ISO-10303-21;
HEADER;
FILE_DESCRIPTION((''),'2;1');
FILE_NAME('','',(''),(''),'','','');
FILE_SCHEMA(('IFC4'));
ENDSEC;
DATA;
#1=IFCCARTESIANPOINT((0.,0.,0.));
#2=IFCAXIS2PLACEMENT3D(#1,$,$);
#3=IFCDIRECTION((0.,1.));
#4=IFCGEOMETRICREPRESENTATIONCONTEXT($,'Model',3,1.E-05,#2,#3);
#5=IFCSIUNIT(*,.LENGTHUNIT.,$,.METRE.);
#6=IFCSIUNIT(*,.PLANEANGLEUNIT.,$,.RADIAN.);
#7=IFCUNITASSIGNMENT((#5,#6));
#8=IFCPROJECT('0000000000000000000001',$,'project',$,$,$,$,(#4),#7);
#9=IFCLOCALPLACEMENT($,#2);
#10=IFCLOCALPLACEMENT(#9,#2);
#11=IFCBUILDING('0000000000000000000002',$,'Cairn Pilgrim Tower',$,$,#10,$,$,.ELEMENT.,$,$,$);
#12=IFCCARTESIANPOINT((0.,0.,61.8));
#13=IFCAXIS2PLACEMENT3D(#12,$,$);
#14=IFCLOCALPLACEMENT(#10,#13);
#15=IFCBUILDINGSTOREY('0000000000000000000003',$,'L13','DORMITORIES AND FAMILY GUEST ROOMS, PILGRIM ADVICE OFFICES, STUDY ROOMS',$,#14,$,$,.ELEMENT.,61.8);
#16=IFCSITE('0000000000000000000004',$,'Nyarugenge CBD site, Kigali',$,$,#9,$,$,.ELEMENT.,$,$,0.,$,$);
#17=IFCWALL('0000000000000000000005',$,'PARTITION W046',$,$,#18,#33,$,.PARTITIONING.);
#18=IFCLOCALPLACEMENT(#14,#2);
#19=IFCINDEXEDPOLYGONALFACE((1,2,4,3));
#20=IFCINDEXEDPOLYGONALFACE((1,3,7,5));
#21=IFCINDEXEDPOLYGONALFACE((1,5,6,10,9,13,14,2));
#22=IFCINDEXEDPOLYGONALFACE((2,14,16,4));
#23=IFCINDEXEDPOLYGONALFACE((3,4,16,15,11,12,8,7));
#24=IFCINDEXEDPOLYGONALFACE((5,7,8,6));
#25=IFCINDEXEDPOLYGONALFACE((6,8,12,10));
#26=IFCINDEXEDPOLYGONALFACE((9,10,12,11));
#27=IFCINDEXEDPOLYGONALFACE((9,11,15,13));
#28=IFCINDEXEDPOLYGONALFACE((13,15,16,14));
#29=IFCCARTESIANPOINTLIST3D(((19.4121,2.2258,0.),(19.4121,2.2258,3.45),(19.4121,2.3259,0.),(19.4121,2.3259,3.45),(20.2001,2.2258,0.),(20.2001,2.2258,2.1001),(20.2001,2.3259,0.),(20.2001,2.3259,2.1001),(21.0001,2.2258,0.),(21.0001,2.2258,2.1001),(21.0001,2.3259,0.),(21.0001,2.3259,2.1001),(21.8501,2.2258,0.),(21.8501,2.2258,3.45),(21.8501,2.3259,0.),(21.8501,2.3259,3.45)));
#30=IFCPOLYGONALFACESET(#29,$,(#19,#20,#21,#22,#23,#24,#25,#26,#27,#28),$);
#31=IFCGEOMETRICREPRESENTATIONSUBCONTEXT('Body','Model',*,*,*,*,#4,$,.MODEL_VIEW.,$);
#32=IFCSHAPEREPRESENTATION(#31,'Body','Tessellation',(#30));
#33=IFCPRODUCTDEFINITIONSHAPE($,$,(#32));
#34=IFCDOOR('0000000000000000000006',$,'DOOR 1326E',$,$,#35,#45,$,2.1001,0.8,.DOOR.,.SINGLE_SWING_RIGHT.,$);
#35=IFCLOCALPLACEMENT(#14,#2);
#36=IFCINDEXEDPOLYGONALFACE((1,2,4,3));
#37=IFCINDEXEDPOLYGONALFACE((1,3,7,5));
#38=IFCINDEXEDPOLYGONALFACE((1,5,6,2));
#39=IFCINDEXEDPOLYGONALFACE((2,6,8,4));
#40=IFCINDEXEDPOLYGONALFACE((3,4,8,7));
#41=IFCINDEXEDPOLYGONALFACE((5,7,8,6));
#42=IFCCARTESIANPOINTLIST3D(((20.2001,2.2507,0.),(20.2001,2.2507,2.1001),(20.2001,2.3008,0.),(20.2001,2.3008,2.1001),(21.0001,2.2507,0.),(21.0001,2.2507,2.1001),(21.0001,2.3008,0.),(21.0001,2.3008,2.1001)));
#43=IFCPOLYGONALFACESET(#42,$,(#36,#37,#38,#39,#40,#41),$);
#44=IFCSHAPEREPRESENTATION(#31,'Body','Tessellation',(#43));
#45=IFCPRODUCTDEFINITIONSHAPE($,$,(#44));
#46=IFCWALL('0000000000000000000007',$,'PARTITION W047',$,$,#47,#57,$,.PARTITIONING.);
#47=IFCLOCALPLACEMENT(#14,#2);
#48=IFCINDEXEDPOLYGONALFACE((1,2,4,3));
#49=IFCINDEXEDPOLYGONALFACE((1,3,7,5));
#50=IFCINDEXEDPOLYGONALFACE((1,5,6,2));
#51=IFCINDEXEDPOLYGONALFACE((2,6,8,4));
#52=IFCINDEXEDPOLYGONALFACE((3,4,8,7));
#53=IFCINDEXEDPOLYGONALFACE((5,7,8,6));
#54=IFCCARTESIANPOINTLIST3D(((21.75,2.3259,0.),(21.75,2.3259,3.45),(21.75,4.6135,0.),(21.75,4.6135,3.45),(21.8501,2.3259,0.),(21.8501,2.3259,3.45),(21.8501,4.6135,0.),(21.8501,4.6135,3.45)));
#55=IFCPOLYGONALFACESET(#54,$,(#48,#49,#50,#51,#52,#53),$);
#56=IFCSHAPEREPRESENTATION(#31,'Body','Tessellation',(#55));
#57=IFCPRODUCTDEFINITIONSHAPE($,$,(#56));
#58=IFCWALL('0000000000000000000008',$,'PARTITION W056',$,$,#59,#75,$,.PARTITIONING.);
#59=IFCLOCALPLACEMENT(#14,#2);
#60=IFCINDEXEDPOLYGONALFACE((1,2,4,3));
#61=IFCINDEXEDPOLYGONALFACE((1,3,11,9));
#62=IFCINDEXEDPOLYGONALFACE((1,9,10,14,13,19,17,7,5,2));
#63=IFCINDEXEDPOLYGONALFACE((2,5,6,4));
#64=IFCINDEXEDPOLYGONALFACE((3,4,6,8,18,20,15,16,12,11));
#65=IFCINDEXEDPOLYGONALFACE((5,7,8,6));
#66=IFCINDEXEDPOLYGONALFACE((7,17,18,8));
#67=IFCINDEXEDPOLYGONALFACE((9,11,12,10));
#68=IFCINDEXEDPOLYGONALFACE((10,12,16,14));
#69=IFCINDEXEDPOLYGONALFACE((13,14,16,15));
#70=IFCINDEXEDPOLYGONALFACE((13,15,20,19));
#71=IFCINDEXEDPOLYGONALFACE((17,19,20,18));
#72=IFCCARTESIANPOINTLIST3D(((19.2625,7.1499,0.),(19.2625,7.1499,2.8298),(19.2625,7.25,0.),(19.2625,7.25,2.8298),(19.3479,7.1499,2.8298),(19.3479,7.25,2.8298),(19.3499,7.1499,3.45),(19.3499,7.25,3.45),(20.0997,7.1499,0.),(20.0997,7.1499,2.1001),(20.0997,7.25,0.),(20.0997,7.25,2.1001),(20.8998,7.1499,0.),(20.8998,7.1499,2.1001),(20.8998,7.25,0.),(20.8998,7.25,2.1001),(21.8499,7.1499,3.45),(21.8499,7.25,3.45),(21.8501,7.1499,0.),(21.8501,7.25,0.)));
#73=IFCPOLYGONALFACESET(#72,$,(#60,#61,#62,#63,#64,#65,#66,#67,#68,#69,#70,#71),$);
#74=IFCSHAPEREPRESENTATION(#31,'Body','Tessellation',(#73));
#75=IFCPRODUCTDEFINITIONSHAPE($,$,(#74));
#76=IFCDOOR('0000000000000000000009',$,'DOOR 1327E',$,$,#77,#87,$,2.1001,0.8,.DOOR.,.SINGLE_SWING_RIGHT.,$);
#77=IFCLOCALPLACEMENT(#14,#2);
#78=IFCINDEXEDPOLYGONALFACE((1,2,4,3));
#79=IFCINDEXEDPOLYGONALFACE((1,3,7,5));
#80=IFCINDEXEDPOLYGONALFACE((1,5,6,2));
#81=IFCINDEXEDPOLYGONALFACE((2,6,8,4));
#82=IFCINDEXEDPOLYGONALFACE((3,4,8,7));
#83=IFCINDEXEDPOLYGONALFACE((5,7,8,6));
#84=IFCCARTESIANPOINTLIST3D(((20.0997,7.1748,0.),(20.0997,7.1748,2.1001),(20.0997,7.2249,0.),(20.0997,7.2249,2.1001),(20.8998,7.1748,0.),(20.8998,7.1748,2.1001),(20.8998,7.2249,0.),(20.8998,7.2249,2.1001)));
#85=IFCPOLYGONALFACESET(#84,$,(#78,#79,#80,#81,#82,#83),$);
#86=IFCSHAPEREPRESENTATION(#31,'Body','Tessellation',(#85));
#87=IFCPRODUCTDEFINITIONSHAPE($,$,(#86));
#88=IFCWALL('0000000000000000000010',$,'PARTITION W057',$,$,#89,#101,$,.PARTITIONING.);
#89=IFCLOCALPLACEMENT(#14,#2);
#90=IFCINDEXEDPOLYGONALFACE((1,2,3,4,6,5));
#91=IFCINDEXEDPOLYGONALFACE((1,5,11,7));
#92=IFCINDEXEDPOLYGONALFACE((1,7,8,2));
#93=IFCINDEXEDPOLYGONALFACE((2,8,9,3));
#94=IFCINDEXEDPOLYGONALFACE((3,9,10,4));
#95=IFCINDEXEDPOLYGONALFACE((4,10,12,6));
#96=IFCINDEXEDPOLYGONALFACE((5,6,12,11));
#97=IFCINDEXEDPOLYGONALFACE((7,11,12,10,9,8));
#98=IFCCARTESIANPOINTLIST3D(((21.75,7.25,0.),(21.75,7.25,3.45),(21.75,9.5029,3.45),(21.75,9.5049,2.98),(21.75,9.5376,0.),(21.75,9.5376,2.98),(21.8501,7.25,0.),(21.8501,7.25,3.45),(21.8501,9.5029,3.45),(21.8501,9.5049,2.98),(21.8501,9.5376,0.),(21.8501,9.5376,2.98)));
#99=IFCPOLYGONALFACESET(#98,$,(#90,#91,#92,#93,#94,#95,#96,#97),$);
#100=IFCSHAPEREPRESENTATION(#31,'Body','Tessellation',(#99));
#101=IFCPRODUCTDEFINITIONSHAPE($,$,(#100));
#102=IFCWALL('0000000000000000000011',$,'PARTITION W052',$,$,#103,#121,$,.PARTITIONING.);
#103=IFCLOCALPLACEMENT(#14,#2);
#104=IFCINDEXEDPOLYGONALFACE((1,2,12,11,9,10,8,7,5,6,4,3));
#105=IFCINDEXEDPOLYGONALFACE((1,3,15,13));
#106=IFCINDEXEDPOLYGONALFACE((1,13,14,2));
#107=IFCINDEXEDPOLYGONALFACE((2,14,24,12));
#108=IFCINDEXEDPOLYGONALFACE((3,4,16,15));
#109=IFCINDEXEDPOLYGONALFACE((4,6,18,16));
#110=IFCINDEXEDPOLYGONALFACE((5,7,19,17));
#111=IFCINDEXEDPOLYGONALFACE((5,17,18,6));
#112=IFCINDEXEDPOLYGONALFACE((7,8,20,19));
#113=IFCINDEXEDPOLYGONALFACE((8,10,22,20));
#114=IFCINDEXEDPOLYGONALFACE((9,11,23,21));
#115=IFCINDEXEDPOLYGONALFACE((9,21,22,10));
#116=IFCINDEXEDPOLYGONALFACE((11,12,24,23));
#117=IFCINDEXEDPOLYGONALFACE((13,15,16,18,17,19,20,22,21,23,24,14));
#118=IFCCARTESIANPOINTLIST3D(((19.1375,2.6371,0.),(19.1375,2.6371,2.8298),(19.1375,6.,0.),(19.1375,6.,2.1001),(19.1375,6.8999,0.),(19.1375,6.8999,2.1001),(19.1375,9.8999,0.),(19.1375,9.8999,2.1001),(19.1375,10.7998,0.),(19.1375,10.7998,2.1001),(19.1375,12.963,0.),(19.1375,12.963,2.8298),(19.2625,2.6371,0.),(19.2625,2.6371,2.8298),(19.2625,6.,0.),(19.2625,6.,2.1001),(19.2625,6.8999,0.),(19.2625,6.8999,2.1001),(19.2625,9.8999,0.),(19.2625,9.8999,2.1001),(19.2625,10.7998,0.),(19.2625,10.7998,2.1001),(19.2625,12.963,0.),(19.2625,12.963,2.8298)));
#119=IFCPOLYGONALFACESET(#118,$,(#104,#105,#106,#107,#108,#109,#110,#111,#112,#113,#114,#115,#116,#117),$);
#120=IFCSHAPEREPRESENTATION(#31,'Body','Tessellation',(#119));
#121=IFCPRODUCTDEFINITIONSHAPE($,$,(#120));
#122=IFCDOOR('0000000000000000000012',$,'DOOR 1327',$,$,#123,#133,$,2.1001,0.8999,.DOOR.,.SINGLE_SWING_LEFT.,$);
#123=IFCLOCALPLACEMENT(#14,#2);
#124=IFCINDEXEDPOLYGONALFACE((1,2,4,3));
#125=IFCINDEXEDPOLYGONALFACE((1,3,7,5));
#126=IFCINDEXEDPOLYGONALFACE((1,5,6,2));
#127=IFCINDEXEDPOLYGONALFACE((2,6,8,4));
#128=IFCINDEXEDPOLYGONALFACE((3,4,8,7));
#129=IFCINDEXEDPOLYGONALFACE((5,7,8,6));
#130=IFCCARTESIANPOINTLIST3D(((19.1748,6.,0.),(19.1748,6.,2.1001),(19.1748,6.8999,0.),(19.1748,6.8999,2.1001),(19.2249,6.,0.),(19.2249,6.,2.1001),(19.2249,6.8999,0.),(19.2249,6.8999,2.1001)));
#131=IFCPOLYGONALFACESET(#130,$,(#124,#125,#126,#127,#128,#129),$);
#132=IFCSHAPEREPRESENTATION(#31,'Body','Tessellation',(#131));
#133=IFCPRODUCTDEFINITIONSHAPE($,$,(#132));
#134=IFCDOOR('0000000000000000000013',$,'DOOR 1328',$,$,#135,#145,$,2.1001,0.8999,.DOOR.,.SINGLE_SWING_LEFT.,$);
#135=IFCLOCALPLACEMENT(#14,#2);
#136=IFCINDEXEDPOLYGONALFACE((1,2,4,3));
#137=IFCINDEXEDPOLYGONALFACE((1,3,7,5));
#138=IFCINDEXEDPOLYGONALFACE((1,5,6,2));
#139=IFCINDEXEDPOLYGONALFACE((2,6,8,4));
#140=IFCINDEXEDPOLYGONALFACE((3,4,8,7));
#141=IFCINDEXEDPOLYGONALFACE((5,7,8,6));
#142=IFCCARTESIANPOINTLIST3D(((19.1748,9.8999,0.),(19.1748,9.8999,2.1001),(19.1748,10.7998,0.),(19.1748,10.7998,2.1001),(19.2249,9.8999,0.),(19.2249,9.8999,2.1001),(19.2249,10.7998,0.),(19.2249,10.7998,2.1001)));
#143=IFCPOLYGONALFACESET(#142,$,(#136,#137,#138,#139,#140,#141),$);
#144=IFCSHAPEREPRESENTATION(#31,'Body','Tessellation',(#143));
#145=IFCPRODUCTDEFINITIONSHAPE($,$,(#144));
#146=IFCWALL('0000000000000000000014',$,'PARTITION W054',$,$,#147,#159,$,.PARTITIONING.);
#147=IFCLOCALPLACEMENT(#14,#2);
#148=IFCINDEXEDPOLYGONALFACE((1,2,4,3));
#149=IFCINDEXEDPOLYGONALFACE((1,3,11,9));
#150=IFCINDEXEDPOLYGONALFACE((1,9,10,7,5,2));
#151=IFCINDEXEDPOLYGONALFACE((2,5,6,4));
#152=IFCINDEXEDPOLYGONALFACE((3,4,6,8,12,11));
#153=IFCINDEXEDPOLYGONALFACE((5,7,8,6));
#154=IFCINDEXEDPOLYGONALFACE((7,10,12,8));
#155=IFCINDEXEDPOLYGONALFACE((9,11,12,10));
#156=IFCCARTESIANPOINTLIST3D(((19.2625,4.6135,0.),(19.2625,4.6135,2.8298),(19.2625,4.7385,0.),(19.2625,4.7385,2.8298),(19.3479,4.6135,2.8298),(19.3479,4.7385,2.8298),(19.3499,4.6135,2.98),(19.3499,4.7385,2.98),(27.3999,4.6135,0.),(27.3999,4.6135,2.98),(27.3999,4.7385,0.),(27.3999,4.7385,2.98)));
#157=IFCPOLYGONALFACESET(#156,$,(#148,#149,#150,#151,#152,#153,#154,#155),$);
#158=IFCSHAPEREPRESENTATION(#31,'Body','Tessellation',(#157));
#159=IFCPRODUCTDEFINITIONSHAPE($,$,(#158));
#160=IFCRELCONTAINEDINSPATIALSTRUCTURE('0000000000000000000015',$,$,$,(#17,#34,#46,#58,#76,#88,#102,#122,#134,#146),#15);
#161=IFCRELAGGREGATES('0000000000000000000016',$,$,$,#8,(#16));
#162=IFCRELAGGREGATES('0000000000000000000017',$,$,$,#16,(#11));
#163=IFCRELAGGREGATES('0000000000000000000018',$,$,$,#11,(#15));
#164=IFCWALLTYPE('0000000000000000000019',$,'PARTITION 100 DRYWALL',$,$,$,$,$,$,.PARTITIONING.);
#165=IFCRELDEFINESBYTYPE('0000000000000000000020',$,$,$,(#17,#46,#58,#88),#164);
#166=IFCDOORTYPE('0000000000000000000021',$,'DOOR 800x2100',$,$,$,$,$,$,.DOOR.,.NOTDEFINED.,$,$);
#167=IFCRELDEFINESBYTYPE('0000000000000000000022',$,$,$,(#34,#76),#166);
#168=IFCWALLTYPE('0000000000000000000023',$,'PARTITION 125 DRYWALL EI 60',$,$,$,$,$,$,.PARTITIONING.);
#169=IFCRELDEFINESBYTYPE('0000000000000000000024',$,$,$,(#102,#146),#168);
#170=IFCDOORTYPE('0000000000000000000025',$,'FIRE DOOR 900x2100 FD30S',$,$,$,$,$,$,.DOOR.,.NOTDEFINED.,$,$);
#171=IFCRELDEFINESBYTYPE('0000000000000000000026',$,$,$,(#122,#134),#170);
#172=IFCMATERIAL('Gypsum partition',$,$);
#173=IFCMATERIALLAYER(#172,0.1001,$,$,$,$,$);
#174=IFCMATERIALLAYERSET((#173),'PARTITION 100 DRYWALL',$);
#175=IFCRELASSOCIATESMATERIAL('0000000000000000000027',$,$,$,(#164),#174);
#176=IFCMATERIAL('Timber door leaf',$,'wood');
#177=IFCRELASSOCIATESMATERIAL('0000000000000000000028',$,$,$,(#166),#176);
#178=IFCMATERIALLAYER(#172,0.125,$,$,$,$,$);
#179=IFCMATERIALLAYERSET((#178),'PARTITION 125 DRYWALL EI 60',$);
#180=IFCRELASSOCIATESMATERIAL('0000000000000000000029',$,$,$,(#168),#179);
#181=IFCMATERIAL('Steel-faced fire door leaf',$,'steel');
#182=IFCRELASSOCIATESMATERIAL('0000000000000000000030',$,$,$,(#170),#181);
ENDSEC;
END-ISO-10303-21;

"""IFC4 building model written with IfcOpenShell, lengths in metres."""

from ifc_helpers import new_model, si_unit, direction, frame, frame_2d, origin, place, context, subcontext, project, spatial, polyline, rectangle, outline, extrude, material, layer, layer_set, type_object, element, fill, save


model = new_model("IFC4")

# Units and contexts
model_context = context("Model", 3, precision=1e-05, world=origin(), true_north=direction((0.0, 1.0)))
body_context = subcontext(model_context, "Body", "Model", "MODEL_VIEW")
ifc_project = project(units=[si_unit("LENGTHUNIT", "METRE"), si_unit("PLANEANGLEUNIT", "RADIAN")], contexts=[model_context])

# Site, building, storey
site_placement = place(None, origin())
site = spatial("IfcSite", under=ifc_project, at=site_placement, Name="Nyarugenge CBD site, Kigali", CompositionType="ELEMENT", RefElevation=0.0)
building_placement = place(site_placement, origin())
building = spatial("IfcBuilding", under=site, at=building_placement, Name="Cairn Pilgrim Tower", CompositionType="ELEMENT")
storey_placement = place(building_placement, frame((0.0, 0.0, 61.8)))
storey = spatial("IfcBuildingStorey", under=building, at=storey_placement, Name="L13", Description="DORMITORIES AND FAMILY GUEST ROOMS, PILGRIM ADVICE OFFICES, STUDY ROOMS", CompositionType="ELEMENT", Elevation=61.8)

# Wall, opening, door
ifc_material_1 = material(Name="Gypsum partition")
ifc_layer_1 = layer(ifc_material_1, 0.1001)
ifc_layer_set_1 = layer_set([ifc_layer_1], Name="PARTITION 100 DRYWALL")
wall_type_1 = type_object("IfcWallType", Name="PARTITION 100 DRYWALL", PredefinedType="PARTITIONING", material=ifc_layer_set_1)
wall_1_placement = place(storey_placement, frame((19.4121, 2.2759, 0.0), z_axis=(0.0, 0.0, 1.0), x_axis=(1.0, 0.0, 0.0)))
wall_1 = element("IfcWall", 1, at=wall_1_placement, inside=storey, type_object=wall_type_1, Name="PARTITION W046", PredefinedType="PARTITIONING", context=body_context, shape_type="SweptSolid", body=[
    extrude(rectangle(XDim=2.438, YDim=0.1001, at=frame_2d((1.219, 0.0))), origin(), (0.0, 0.0, 1.0), 3.45),
])
opening_1_placement = place(wall_1_placement, frame((0.7881, 0.0, 0.0)))
opening_1 = element("IfcOpeningElement", 2, at=opening_1_placement, cuts=wall_1, PredefinedType="OPENING", context=body_context, shape_type="SweptSolid", body=[
    extrude(rectangle(XDim=0.8, YDim=2.1001, at=frame_2d((0.3999, 1.05))), frame((0.0, 0.0601, 0.0), z_axis=(0.0, -1.0, 0.0), x_axis=(1.0, 0.0, 0.0)), (0.0, 0.0, 1.0), 0.1201),
])
ifc_material_2 = material(Name="Timber door leaf", Category="wood")
door_type_1 = type_object("IfcDoorType", Name="DOOR 800x2100", OperationType="NOTDEFINED", PredefinedType="DOOR", material=ifc_material_2)
door_1_placement = place(opening_1_placement, origin())
door_1 = element("IfcDoor", 3, at=door_1_placement, inside=storey, type_object=door_type_1, Name="DOOR 1326E", OperationType="SINGLE_SWING_RIGHT", OverallHeight=2.1001, OverallWidth=0.8, PredefinedType="DOOR", context=body_context, shape_type="SweptSolid", body=[
    extrude(rectangle(XDim=0.8, YDim=2.1001, at=frame_2d((0.3999, 1.05))), frame((0.0, 0.0249, 0.0), z_axis=(0.0, -1.0, 0.0), x_axis=(1.0, 0.0, 0.0)), (0.0, 0.0, 1.0), 0.05),
])
fill(opening_1, door_1)

# Wall
wall_2_placement = place(storey_placement, frame((21.8, 2.3259, 0.0), z_axis=(0.0, 0.0, 1.0), x_axis=(0.0, 1.0, 0.0)))
element("IfcWall", 4, at=wall_2_placement, inside=storey, type_object=wall_type_1, Name="PARTITION W047", PredefinedType="PARTITIONING", context=body_context, shape_type="SweptSolid", body=[
    extrude(rectangle(XDim=2.2876, YDim=0.1001, at=frame_2d((1.1438, 0.0))), origin(), (0.0, 0.0, 1.0), 3.45),
])

# Wall, opening, door
wall_3_placement = place(storey_placement, frame((19.2625, 7.2, 0.0), z_axis=(0.0, 0.0, 1.0), x_axis=(1.0, 0.0, 0.0)))
wall_3 = element("IfcWall", 5, at=wall_3_placement, inside=storey, type_object=wall_type_1, Name="PARTITION W056", PredefinedType="PARTITIONING", context=body_context, shape_type="SweptSolid", body=[
    extrude(outline(polyline([(0.0, 0.0), (2.5876, 0.0), (2.5874, 3.45), (0.0874, 3.45), (0.0854, 2.8298), (0.0, 2.8298), (0.0, 0.0)])), frame((0.0, 0.05, 0.0), z_axis=(0.0, -1.0, 0.0), x_axis=(1.0, 0.0, 0.0)), (0.0, 0.0, 1.0), 0.1001),
])
opening_2_placement = place(wall_3_placement, frame((0.8374, 0.0, 0.0)))
opening_2 = element("IfcOpeningElement", 6, at=opening_2_placement, cuts=wall_3, PredefinedType="OPENING", context=body_context, shape_type="SweptSolid", body=[
    extrude(rectangle(XDim=0.8, YDim=2.1001, at=frame_2d((0.3999, 1.05))), frame((0.0, 0.0601, 0.0), z_axis=(0.0, -1.0, 0.0), x_axis=(1.0, 0.0, 0.0)), (0.0, 0.0, 1.0), 0.1201),
])
door_2_placement = place(opening_2_placement, origin())
door_2 = element("IfcDoor", 7, at=door_2_placement, inside=storey, type_object=door_type_1, Name="DOOR 1327E", OperationType="SINGLE_SWING_RIGHT", OverallHeight=2.1001, OverallWidth=0.8, PredefinedType="DOOR", context=body_context, shape_type="SweptSolid", body=[
    extrude(rectangle(XDim=0.8, YDim=2.1001, at=frame_2d((0.3999, 1.05))), frame((0.0, 0.0249, 0.0), z_axis=(0.0, -1.0, 0.0), x_axis=(1.0, 0.0, 0.0)), (0.0, 0.0, 1.0), 0.05),
])
fill(opening_2, door_2)

# Wall
wall_4_placement = place(storey_placement, frame((21.8, 7.25, 0.0), z_axis=(0.0, 0.0, 1.0), x_axis=(0.0, 1.0, 0.0)))
element("IfcWall", 8, at=wall_4_placement, inside=storey, type_object=wall_type_1, Name="PARTITION W057", PredefinedType="PARTITIONING", context=body_context, shape_type="SweptSolid", body=[
    extrude(outline(polyline([(0.0, 0.0), (2.2876, 0.0), (2.2876, 2.98), (2.2549, 2.98), (2.2529, 3.45), (0.0, 3.45), (0.0, 0.0)])), frame((0.0, 0.05, 0.0), z_axis=(0.0, -1.0, 0.0), x_axis=(1.0, 0.0, 0.0)), (0.0, 0.0, 1.0), 0.1001),
])

# Wall, openings, doors
ifc_layer_2 = layer(ifc_material_1, 0.125)
ifc_layer_set_2 = layer_set([ifc_layer_2], Name="PARTITION 125 DRYWALL EI 60")
wall_type_2 = type_object("IfcWallType", Name="PARTITION 125 DRYWALL EI 60", PredefinedType="PARTITIONING", material=ifc_layer_set_2)
wall_5_placement = place(storey_placement, frame((19.2, 2.637, 0.0), z_axis=(0.0, 0.0, 1.0), x_axis=(0.0, 1.0, 0.0)))
wall_5 = element("IfcWall", 9, at=wall_5_placement, inside=storey, type_object=wall_type_2, Name="PARTITION W052", PredefinedType="PARTITIONING", context=body_context, shape_type="SweptSolid", body=[
    extrude(rectangle(XDim=10.3259, YDim=0.125, at=frame_2d((5.1631, 0.0))), origin(), (0.0, 0.0, 1.0), 2.8298),
])
opening_3_placement = place(wall_5_placement, frame((3.363, 0.0, 0.0)))
opening_3 = element("IfcOpeningElement", 10, at=opening_3_placement, cuts=wall_5, PredefinedType="OPENING", context=body_context, shape_type="SweptSolid", body=[
    extrude(rectangle(XDim=0.8999, YDim=2.1001, at=frame_2d((0.45, 1.05))), frame((0.0, 0.0725, 0.0), z_axis=(0.0, -1.0, 0.0), x_axis=(1.0, 0.0, 0.0)), (0.0, 0.0, 1.0), 0.145),
])
opening_4_placement = place(wall_5_placement, frame((7.2629, 0.0, 0.0)))
opening_4 = element("IfcOpeningElement", 11, at=opening_4_placement, cuts=wall_5, PredefinedType="OPENING", context=body_context, shape_type="SweptSolid", body=[
    extrude(rectangle(XDim=0.8999, YDim=2.1001, at=frame_2d((0.45, 1.05))), frame((0.0, 0.0725, 0.0), z_axis=(0.0, -1.0, 0.0), x_axis=(1.0, 0.0, 0.0)), (0.0, 0.0, 1.0), 0.145),
])
ifc_material_3 = material(Name="Steel-faced fire door leaf", Category="steel")
door_type_2 = type_object("IfcDoorType", Name="FIRE DOOR 900x2100 FD30S", OperationType="NOTDEFINED", PredefinedType="DOOR", material=ifc_material_3)
door_3_placement = place(opening_3_placement, frame((0.8999, 0.0, 0.0), z_axis=(0.0, 0.0, 1.0), x_axis=(-1.0, 0.0, 0.0)))
door_3 = element("IfcDoor", 12, at=door_3_placement, inside=storey, type_object=door_type_2, Name="DOOR 1327", OperationType="SINGLE_SWING_LEFT", OverallHeight=2.1001, OverallWidth=0.8999, PredefinedType="DOOR", context=body_context, shape_type="SweptSolid", body=[
    extrude(rectangle(XDim=0.8999, YDim=2.1001, at=frame_2d((0.45, 1.05))), frame((0.0, 0.0249, 0.0), z_axis=(0.0, -1.0, 0.0), x_axis=(1.0, 0.0, 0.0)), (0.0, 0.0, 1.0), 0.05),
])
fill(opening_3, door_3)
door_4_placement = place(opening_4_placement, frame((0.8999, 0.0, 0.0), z_axis=(0.0, 0.0, 1.0), x_axis=(-1.0, 0.0, 0.0)))
door_4 = element("IfcDoor", 13, at=door_4_placement, inside=storey, type_object=door_type_2, Name="DOOR 1328", OperationType="SINGLE_SWING_LEFT", OverallHeight=2.1001, OverallWidth=0.8999, PredefinedType="DOOR", context=body_context, shape_type="SweptSolid", body=[
    extrude(rectangle(XDim=0.8999, YDim=2.1001, at=frame_2d((0.45, 1.05))), frame((0.0, 0.0249, 0.0), z_axis=(0.0, -1.0, 0.0), x_axis=(1.0, 0.0, 0.0)), (0.0, 0.0, 1.0), 0.05),
])
fill(opening_4, door_4)

# Wall
wall_6_placement = place(storey_placement, frame((19.2625, 4.676, 0.0), z_axis=(0.0, 0.0, 1.0), x_axis=(1.0, 0.0, 0.0)))
element("IfcWall", 14, at=wall_6_placement, inside=storey, type_object=wall_type_2, Name="PARTITION W054", PredefinedType="PARTITIONING", context=body_context, shape_type="SweptSolid", body=[
    extrude(outline(polyline([(0.0, 0.0), (8.1375, 0.0), (8.1375, 2.98), (0.0874, 2.98), (0.0854, 2.8298), (0.0, 2.8298), (0.0, 0.0)])), frame((0.0, 0.0625, 0.0), z_axis=(0.0, -1.0, 0.0), x_axis=(1.0, 0.0, 0.0)), (0.0, 0.0, 1.0), 0.125),
])

save(model, "model.ifc")
